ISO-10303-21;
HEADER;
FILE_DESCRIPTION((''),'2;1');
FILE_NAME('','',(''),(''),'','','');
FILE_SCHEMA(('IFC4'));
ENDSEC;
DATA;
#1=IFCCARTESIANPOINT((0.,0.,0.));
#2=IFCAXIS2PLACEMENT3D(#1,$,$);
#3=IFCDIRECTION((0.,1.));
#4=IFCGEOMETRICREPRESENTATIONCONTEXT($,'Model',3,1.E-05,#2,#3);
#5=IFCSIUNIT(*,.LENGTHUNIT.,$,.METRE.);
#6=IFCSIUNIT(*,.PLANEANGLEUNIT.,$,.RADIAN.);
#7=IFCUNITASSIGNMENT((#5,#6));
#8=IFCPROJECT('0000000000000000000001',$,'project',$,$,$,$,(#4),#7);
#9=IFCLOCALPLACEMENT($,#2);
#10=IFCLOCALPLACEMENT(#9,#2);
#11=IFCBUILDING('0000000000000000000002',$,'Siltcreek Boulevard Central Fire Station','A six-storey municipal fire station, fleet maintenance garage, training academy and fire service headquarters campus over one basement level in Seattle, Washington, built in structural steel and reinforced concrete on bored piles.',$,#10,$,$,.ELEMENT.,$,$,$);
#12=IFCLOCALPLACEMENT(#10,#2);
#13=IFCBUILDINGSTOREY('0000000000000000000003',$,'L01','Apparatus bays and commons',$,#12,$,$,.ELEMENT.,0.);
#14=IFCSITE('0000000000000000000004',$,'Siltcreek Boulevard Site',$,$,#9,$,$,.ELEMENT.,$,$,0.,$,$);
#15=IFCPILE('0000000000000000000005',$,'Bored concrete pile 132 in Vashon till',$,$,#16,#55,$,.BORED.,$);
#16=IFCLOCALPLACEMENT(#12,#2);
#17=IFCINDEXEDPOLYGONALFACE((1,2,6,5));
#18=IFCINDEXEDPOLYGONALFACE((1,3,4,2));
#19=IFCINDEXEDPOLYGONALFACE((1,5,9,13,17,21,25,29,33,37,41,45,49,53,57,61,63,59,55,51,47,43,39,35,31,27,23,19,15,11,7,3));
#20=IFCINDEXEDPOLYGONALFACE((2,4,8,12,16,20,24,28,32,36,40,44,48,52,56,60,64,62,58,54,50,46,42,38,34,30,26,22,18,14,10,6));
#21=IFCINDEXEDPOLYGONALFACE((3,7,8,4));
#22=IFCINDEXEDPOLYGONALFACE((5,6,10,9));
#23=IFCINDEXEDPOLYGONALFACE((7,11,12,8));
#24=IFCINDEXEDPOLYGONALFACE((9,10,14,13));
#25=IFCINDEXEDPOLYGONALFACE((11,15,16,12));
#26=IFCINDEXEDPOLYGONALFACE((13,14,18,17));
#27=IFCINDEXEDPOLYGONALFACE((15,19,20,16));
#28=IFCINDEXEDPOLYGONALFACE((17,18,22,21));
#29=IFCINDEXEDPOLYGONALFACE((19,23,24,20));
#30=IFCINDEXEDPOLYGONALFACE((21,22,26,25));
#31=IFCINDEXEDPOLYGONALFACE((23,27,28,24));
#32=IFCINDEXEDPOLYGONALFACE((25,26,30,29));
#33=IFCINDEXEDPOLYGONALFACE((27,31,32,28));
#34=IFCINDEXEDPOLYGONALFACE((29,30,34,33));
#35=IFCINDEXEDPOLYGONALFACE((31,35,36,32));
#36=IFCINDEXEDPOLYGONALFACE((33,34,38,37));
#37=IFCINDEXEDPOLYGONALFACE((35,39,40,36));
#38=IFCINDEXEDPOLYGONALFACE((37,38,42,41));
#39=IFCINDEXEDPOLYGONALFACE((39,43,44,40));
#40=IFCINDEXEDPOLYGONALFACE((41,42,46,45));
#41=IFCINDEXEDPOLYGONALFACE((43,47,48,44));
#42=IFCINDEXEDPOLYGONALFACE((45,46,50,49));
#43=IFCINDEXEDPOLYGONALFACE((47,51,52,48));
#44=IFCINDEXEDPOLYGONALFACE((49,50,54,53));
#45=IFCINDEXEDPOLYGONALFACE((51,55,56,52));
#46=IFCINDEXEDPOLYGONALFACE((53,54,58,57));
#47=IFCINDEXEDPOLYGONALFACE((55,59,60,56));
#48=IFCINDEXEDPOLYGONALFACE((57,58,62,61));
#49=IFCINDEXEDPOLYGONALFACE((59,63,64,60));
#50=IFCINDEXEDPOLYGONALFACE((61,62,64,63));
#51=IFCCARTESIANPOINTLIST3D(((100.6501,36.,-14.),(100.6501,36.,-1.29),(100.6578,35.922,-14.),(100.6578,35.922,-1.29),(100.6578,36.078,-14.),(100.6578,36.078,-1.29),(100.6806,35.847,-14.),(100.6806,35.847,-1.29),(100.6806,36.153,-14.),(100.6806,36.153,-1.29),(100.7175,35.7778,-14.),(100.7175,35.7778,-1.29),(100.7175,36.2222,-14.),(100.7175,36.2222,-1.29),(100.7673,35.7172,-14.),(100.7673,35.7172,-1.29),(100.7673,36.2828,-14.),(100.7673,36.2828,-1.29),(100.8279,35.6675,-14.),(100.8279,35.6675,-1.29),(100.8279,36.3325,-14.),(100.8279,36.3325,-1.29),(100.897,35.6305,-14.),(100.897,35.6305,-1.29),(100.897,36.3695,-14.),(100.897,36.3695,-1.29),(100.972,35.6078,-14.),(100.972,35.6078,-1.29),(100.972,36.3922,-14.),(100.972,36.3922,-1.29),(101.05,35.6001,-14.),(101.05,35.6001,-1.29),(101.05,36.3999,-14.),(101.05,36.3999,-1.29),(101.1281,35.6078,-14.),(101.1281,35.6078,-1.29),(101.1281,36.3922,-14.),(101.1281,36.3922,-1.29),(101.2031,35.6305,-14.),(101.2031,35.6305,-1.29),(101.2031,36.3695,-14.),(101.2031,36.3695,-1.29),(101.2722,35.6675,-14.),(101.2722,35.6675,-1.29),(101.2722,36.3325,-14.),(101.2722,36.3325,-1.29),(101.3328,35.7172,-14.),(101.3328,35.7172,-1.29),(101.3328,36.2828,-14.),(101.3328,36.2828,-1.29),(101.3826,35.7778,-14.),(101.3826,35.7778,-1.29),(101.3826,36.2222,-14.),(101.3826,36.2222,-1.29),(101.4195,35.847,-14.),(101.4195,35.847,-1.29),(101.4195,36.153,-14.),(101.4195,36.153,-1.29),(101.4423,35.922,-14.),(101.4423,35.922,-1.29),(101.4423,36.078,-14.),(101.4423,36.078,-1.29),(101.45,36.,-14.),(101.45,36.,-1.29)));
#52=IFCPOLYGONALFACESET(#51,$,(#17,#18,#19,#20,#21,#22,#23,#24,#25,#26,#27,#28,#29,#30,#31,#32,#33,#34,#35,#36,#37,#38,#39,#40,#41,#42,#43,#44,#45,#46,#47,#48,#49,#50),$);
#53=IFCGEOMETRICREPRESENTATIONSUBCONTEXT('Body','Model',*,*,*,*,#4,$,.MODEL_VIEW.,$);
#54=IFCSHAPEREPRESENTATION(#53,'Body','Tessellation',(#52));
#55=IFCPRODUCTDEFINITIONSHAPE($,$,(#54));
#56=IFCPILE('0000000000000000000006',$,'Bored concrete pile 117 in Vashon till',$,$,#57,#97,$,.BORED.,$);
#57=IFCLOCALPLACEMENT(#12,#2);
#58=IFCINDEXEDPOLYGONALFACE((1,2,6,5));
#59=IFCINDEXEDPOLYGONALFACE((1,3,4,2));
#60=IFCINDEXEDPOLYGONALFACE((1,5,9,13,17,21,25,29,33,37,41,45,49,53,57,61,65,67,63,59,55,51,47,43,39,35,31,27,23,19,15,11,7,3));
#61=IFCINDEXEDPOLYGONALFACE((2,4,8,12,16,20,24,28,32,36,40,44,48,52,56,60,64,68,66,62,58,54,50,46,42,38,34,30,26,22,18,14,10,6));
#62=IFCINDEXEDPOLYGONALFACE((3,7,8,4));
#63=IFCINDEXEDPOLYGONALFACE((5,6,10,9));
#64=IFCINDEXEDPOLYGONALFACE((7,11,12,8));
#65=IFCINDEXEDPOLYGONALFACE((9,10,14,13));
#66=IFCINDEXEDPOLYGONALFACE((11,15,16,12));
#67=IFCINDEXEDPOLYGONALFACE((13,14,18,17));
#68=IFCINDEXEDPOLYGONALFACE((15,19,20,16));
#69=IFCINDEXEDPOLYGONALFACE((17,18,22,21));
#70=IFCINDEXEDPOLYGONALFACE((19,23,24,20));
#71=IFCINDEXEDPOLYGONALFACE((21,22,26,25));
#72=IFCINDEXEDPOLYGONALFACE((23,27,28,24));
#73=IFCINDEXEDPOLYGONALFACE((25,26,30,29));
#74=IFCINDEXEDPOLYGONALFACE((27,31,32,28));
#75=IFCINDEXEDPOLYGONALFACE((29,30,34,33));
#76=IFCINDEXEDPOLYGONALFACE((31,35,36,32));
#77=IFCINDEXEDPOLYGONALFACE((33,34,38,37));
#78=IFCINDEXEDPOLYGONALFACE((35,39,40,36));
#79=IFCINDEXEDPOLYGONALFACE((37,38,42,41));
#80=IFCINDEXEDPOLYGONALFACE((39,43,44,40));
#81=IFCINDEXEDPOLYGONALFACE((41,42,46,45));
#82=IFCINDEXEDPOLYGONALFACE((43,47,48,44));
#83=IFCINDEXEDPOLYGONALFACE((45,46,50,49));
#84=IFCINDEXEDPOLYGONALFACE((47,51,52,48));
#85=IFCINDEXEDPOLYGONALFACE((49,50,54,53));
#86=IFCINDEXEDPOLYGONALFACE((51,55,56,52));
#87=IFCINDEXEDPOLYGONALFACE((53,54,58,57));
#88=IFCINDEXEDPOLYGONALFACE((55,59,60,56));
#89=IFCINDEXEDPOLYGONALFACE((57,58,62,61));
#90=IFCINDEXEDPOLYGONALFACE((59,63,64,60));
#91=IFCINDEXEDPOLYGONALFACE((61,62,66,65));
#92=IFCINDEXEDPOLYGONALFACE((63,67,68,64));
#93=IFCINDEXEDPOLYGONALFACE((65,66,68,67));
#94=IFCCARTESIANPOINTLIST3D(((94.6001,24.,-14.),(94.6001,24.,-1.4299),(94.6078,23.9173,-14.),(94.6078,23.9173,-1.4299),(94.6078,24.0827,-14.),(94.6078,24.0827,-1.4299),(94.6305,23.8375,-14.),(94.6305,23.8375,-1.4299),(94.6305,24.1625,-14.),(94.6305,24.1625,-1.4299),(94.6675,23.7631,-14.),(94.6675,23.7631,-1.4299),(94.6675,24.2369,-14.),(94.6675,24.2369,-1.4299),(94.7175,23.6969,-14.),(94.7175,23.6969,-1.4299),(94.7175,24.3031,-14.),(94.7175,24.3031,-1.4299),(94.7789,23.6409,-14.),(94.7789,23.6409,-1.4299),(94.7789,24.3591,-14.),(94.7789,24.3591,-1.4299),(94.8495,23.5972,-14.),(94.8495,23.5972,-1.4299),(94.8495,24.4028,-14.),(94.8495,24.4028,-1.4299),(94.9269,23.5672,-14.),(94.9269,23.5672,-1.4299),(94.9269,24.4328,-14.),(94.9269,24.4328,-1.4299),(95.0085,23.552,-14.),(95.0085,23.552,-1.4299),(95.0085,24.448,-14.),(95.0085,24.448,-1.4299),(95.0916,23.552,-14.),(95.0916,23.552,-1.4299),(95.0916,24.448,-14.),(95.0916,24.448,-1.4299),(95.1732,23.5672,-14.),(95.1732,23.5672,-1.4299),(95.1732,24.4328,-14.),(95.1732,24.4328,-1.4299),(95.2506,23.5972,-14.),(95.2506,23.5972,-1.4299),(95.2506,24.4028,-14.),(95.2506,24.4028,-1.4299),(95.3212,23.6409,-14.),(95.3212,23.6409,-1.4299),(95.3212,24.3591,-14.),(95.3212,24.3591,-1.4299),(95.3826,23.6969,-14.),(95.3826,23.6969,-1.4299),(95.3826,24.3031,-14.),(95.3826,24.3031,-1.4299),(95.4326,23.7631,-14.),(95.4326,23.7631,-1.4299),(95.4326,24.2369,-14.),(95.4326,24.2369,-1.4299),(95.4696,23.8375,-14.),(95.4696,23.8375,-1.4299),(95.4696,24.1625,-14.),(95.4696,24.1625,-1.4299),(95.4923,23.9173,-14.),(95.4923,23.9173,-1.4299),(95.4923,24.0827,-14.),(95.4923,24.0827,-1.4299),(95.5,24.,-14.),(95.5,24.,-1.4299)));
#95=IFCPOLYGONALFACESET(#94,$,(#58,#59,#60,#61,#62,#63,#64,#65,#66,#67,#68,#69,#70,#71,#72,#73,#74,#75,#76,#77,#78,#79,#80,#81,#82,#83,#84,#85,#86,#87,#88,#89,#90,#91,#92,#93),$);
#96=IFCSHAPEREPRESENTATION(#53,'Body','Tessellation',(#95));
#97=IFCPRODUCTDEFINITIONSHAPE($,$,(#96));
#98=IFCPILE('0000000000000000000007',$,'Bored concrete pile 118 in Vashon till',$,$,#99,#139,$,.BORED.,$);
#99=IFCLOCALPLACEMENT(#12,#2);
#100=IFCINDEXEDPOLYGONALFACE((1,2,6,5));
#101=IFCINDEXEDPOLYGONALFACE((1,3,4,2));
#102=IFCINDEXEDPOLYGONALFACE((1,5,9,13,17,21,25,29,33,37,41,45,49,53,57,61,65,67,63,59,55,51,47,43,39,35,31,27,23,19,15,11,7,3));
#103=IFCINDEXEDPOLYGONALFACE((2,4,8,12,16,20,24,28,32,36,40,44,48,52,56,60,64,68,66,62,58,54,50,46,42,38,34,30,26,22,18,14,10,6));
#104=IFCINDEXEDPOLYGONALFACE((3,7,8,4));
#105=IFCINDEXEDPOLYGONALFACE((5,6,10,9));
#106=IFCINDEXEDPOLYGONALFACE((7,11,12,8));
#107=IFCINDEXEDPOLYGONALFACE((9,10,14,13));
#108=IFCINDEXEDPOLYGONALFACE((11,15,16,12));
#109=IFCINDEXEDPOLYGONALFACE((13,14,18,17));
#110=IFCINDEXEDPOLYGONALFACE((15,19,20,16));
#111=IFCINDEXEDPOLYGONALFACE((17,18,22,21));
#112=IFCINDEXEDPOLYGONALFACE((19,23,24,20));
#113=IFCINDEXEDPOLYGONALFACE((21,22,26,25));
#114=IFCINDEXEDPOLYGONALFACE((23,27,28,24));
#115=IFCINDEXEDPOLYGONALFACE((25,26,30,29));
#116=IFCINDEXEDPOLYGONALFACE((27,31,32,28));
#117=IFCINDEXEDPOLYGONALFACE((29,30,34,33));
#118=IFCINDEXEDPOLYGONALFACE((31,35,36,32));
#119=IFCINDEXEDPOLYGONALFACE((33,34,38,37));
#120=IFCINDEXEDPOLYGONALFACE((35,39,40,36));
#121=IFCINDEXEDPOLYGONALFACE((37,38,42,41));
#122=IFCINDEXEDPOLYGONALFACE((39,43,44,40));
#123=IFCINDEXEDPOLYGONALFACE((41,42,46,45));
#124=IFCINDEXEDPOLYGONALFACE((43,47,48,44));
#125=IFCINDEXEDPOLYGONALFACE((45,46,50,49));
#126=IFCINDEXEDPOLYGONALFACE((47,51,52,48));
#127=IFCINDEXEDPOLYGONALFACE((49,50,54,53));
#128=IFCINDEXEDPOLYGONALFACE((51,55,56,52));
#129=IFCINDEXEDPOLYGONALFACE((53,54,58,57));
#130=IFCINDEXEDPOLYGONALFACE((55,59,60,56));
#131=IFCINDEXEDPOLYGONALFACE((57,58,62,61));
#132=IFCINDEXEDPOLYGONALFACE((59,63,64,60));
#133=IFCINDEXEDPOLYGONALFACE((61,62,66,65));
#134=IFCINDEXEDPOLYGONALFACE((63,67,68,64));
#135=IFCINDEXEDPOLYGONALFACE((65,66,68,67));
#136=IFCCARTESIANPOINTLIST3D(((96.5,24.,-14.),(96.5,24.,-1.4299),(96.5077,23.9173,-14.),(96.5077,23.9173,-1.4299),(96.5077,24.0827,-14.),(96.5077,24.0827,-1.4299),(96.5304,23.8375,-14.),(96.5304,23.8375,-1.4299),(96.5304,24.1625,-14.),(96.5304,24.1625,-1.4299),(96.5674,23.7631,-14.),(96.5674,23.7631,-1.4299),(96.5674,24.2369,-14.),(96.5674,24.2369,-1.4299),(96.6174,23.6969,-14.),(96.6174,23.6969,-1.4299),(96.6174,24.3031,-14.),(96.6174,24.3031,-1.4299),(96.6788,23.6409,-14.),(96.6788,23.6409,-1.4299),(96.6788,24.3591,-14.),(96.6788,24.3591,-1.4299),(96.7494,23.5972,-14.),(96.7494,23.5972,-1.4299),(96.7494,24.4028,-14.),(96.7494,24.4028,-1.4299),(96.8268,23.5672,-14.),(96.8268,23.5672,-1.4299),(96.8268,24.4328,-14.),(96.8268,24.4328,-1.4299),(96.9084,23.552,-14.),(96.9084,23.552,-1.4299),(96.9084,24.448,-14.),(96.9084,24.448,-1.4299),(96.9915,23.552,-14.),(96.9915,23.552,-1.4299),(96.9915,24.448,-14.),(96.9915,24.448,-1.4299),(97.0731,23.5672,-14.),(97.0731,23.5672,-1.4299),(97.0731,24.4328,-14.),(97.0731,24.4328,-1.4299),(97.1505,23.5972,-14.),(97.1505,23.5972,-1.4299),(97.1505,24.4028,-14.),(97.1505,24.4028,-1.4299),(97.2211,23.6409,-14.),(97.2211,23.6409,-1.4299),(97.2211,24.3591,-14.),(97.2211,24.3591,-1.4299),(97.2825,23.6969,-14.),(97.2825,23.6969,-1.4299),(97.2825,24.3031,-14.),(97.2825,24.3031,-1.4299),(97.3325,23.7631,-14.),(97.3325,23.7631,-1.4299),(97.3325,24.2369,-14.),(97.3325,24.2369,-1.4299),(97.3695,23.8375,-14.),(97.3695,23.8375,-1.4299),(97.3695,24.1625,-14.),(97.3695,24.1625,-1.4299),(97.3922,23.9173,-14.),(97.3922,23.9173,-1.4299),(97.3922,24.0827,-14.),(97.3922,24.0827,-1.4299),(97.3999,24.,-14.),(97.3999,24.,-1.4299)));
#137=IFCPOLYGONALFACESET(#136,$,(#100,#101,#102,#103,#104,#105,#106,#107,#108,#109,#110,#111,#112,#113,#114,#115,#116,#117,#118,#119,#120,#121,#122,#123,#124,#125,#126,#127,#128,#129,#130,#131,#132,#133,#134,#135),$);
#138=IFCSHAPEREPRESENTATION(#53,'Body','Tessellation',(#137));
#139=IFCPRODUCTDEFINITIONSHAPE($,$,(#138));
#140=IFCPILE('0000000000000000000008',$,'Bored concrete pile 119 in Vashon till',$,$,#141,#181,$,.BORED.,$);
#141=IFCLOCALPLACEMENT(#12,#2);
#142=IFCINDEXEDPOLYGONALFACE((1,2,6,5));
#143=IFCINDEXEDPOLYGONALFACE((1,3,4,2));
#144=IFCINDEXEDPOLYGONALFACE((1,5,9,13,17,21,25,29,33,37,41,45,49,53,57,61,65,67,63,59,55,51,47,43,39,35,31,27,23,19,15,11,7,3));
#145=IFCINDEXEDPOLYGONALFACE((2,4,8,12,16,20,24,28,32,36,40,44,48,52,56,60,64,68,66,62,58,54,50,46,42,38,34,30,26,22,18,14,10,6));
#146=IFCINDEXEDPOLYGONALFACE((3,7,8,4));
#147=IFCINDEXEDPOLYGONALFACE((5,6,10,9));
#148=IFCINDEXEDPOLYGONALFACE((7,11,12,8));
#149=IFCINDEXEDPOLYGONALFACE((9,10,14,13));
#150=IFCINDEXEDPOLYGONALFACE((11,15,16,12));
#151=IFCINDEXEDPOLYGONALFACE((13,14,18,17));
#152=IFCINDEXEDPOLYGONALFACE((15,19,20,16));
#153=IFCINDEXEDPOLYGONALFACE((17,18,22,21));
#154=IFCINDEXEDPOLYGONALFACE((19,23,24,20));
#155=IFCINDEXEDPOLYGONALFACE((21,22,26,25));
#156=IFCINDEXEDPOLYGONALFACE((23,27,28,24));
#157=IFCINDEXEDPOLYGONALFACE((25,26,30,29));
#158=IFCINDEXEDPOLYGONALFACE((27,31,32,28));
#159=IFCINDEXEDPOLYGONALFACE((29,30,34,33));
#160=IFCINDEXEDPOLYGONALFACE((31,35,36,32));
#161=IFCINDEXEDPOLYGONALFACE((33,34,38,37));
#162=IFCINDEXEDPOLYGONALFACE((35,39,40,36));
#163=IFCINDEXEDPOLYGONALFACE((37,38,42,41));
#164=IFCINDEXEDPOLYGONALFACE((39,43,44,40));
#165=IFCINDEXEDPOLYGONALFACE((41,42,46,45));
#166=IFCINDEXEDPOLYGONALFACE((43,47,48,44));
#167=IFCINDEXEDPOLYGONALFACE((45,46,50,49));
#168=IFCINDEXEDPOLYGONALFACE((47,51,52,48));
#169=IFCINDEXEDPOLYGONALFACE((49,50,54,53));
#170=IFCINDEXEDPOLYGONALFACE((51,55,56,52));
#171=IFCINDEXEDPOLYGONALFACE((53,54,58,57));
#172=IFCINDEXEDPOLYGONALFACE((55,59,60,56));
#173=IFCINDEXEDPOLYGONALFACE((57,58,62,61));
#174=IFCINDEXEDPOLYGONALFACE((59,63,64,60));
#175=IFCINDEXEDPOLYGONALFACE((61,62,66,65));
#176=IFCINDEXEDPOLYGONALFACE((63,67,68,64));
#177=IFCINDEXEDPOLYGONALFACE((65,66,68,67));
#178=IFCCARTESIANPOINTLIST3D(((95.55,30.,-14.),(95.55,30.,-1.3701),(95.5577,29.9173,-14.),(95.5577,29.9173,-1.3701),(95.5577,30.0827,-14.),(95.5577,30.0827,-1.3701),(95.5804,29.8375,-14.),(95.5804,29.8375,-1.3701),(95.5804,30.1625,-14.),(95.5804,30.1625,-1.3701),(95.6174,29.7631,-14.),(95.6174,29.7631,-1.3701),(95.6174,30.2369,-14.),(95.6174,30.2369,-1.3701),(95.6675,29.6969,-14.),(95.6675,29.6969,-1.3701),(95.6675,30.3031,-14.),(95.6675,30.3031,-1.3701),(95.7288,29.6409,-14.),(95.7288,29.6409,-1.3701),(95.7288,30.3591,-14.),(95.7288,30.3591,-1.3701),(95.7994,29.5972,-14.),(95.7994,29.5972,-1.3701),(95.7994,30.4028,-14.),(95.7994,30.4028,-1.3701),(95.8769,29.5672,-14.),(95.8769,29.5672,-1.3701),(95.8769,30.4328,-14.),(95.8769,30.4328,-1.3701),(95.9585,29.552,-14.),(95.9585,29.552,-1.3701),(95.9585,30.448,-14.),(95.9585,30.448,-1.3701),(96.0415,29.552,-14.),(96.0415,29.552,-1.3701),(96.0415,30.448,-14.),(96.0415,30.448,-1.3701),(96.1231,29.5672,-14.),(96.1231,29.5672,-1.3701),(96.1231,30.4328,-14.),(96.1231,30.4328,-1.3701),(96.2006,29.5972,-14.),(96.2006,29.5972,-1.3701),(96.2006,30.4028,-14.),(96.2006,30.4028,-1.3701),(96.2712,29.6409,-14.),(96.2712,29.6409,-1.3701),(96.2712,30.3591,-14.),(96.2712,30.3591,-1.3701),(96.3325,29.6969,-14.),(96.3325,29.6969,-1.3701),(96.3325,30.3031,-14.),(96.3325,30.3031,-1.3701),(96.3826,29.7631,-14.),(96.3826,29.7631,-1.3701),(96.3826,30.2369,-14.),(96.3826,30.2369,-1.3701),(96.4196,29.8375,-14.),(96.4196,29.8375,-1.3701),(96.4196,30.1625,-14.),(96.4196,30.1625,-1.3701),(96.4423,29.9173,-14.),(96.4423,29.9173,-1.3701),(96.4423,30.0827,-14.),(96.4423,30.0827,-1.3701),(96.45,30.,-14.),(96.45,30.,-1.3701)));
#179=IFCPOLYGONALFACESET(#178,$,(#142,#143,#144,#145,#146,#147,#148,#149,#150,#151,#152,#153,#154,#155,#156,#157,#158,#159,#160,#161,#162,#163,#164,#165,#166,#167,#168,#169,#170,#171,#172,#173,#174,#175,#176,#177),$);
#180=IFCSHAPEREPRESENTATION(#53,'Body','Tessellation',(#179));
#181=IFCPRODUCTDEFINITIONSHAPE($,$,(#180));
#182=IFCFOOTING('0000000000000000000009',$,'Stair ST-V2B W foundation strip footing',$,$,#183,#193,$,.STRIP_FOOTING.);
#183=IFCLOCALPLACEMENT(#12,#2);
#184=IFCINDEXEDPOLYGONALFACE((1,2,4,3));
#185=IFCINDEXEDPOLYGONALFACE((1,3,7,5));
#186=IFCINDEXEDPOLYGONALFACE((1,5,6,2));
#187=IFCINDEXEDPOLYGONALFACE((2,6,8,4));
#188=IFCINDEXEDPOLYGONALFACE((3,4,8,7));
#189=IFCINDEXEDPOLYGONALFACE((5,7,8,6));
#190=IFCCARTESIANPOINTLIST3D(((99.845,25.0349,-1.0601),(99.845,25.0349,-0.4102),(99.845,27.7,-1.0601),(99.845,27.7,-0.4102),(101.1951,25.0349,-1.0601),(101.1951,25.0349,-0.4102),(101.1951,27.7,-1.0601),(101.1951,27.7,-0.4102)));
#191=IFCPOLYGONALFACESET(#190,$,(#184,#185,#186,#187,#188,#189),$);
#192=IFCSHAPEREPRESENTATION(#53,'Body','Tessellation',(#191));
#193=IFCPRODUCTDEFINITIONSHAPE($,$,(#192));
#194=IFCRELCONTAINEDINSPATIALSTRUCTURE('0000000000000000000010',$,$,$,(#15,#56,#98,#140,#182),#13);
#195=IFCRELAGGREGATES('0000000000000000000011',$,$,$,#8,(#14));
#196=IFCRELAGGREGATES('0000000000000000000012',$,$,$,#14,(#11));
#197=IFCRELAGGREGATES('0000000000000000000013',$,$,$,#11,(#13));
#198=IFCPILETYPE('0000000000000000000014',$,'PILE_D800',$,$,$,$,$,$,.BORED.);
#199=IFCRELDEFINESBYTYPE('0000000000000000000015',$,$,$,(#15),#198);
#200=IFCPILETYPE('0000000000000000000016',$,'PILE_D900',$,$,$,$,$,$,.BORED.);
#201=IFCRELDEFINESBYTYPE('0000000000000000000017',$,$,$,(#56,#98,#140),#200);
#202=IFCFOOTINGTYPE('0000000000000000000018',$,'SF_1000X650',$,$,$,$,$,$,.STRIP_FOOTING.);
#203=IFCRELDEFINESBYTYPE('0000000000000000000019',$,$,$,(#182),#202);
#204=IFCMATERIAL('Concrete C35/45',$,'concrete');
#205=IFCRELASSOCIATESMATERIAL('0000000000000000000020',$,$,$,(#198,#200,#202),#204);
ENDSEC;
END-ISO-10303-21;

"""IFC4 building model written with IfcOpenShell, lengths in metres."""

from ifc_helpers import new_model, si_unit, direction, frame, origin, origin_2d, place, context, subcontext, project, spatial, rectangle, circle, extrude, material, material_profile, profile_set, type_object, element, save


model = new_model("IFC4")

# Units and contexts
model_context = context("Model", 3, precision=1e-05, world=origin(), true_north=direction((0.0, 1.0)))
body_context = subcontext(model_context, "Body", "Model", "MODEL_VIEW")
ifc_project = project(units=[si_unit("LENGTHUNIT", "METRE"), si_unit("PLANEANGLEUNIT", "RADIAN")], contexts=[model_context])

# Site, building, storey
site_placement = place(None, origin())
site = spatial("IfcSite", under=ifc_project, at=site_placement, Name="Siltcreek Boulevard Site", CompositionType="ELEMENT", RefElevation=0.0)
building_placement = place(site_placement, origin())
building = spatial("IfcBuilding", under=site, at=building_placement, Name="Siltcreek Boulevard Central Fire Station", Description="A six-storey municipal fire station, fleet maintenance garage, training academy and fire service headquarters campus over one basement level in Seattle, Washington, built in structural steel and reinforced concrete on bored piles.", CompositionType="ELEMENT")
storey_placement = place(building_placement, origin())
storey = spatial("IfcBuildingStorey", under=building, at=storey_placement, Name="L01", Description="Apparatus bays and commons", CompositionType="ELEMENT", Elevation=0.0)

# Shared definitions
ifc_material_1 = material(Name="Concrete C35/45", Category="concrete")

# Piles
ifc_material_profile_1 = material_profile(ifc_material_1, circle(Radius=0.3999, at=origin_2d()), Name="SHAFT800")
ifc_profile_set_1 = profile_set([ifc_material_profile_1], Name="Concrete C35/45")
pile_type_1 = type_object("IfcPileType", Name="PILE_D800", PredefinedType="BORED", material=ifc_profile_set_1)
pile_1_placement = place(storey_placement, frame((101.05, 36.0, -1.29), z_axis=(0.0, 0.0, -1.0), x_axis=(1.0, 0.0, 0.0)))
element("IfcPile", 1, at=pile_1_placement, inside=storey, type_object=pile_type_1, Name="Bored concrete pile 132 in Vashon till", PredefinedType="BORED", context=body_context, shape_type="SweptSolid", body=[
    extrude(circle(Radius=0.3999, at=origin_2d()), origin(), (0.0, 0.0, 1.0), 12.71),
])
ifc_material_profile_2 = material_profile(ifc_material_1, circle(Radius=0.45, at=origin_2d()), Name="SHAFT900")
ifc_profile_set_2 = profile_set([ifc_material_profile_2], Name="Concrete C35/45")
pile_type_2 = type_object("IfcPileType", Name="PILE_D900", PredefinedType="BORED", material=ifc_profile_set_2)
for number, where, z_axis, x_axis, name in (
    (2, (95.05, 24.0, -1.4299), (0.0, 0.0, -1.0), (1.0, 0.0, 0.0), "Bored concrete pile 117 in Vashon till"),
    (3, (96.95, 24.0, -1.4299), (0.0, 0.0, -1.0), (1.0, 0.0, 0.0), "Bored concrete pile 118 in Vashon till"),
):
    element("IfcPile", number, at=place(storey_placement, frame(where, z_axis=z_axis, x_axis=x_axis)), inside=storey, type_object=pile_type_2, Name=name, PredefinedType="BORED", context=body_context, shape_type="SweptSolid", body=[
        extrude(circle(Radius=0.45, at=origin_2d()), origin(), (0.0, 0.0, 1.0), 12.5701),
    ])
pile_2_placement = place(storey_placement, frame((96.0, 30.0, -1.3701), z_axis=(0.0, 0.0, -1.0), x_axis=(1.0, 0.0, 0.0)))
element("IfcPile", 4, at=pile_2_placement, inside=storey, type_object=pile_type_2, Name="Bored concrete pile 119 in Vashon till", PredefinedType="BORED", context=body_context, shape_type="SweptSolid", body=[
    extrude(circle(Radius=0.45, at=origin_2d()), origin(), (0.0, 0.0, 1.0), 12.6299),
])

# Footing
footing_type_1 = type_object("IfcFootingType", Name="SF_1000X650", PredefinedType="STRIP_FOOTING", material=ifc_material_1)
footing_1_placement = place(storey_placement, frame((100.52, 26.3674, -1.0601), z_axis=(0.0, 0.0, 1.0), x_axis=(1.0, 0.0, 0.0)))
element("IfcFooting", 5, at=footing_1_placement, inside=storey, type_object=footing_type_1, Name="Stair ST-V2B W foundation strip footing", PredefinedType="STRIP_FOOTING", context=body_context, shape_type="SweptSolid", body=[
    extrude(rectangle(XDim=1.3501, YDim=2.665, at=origin_2d()), origin(), (0.0, 0.0, 1.0), 0.6499),
])

save(model, "model.ifc")
